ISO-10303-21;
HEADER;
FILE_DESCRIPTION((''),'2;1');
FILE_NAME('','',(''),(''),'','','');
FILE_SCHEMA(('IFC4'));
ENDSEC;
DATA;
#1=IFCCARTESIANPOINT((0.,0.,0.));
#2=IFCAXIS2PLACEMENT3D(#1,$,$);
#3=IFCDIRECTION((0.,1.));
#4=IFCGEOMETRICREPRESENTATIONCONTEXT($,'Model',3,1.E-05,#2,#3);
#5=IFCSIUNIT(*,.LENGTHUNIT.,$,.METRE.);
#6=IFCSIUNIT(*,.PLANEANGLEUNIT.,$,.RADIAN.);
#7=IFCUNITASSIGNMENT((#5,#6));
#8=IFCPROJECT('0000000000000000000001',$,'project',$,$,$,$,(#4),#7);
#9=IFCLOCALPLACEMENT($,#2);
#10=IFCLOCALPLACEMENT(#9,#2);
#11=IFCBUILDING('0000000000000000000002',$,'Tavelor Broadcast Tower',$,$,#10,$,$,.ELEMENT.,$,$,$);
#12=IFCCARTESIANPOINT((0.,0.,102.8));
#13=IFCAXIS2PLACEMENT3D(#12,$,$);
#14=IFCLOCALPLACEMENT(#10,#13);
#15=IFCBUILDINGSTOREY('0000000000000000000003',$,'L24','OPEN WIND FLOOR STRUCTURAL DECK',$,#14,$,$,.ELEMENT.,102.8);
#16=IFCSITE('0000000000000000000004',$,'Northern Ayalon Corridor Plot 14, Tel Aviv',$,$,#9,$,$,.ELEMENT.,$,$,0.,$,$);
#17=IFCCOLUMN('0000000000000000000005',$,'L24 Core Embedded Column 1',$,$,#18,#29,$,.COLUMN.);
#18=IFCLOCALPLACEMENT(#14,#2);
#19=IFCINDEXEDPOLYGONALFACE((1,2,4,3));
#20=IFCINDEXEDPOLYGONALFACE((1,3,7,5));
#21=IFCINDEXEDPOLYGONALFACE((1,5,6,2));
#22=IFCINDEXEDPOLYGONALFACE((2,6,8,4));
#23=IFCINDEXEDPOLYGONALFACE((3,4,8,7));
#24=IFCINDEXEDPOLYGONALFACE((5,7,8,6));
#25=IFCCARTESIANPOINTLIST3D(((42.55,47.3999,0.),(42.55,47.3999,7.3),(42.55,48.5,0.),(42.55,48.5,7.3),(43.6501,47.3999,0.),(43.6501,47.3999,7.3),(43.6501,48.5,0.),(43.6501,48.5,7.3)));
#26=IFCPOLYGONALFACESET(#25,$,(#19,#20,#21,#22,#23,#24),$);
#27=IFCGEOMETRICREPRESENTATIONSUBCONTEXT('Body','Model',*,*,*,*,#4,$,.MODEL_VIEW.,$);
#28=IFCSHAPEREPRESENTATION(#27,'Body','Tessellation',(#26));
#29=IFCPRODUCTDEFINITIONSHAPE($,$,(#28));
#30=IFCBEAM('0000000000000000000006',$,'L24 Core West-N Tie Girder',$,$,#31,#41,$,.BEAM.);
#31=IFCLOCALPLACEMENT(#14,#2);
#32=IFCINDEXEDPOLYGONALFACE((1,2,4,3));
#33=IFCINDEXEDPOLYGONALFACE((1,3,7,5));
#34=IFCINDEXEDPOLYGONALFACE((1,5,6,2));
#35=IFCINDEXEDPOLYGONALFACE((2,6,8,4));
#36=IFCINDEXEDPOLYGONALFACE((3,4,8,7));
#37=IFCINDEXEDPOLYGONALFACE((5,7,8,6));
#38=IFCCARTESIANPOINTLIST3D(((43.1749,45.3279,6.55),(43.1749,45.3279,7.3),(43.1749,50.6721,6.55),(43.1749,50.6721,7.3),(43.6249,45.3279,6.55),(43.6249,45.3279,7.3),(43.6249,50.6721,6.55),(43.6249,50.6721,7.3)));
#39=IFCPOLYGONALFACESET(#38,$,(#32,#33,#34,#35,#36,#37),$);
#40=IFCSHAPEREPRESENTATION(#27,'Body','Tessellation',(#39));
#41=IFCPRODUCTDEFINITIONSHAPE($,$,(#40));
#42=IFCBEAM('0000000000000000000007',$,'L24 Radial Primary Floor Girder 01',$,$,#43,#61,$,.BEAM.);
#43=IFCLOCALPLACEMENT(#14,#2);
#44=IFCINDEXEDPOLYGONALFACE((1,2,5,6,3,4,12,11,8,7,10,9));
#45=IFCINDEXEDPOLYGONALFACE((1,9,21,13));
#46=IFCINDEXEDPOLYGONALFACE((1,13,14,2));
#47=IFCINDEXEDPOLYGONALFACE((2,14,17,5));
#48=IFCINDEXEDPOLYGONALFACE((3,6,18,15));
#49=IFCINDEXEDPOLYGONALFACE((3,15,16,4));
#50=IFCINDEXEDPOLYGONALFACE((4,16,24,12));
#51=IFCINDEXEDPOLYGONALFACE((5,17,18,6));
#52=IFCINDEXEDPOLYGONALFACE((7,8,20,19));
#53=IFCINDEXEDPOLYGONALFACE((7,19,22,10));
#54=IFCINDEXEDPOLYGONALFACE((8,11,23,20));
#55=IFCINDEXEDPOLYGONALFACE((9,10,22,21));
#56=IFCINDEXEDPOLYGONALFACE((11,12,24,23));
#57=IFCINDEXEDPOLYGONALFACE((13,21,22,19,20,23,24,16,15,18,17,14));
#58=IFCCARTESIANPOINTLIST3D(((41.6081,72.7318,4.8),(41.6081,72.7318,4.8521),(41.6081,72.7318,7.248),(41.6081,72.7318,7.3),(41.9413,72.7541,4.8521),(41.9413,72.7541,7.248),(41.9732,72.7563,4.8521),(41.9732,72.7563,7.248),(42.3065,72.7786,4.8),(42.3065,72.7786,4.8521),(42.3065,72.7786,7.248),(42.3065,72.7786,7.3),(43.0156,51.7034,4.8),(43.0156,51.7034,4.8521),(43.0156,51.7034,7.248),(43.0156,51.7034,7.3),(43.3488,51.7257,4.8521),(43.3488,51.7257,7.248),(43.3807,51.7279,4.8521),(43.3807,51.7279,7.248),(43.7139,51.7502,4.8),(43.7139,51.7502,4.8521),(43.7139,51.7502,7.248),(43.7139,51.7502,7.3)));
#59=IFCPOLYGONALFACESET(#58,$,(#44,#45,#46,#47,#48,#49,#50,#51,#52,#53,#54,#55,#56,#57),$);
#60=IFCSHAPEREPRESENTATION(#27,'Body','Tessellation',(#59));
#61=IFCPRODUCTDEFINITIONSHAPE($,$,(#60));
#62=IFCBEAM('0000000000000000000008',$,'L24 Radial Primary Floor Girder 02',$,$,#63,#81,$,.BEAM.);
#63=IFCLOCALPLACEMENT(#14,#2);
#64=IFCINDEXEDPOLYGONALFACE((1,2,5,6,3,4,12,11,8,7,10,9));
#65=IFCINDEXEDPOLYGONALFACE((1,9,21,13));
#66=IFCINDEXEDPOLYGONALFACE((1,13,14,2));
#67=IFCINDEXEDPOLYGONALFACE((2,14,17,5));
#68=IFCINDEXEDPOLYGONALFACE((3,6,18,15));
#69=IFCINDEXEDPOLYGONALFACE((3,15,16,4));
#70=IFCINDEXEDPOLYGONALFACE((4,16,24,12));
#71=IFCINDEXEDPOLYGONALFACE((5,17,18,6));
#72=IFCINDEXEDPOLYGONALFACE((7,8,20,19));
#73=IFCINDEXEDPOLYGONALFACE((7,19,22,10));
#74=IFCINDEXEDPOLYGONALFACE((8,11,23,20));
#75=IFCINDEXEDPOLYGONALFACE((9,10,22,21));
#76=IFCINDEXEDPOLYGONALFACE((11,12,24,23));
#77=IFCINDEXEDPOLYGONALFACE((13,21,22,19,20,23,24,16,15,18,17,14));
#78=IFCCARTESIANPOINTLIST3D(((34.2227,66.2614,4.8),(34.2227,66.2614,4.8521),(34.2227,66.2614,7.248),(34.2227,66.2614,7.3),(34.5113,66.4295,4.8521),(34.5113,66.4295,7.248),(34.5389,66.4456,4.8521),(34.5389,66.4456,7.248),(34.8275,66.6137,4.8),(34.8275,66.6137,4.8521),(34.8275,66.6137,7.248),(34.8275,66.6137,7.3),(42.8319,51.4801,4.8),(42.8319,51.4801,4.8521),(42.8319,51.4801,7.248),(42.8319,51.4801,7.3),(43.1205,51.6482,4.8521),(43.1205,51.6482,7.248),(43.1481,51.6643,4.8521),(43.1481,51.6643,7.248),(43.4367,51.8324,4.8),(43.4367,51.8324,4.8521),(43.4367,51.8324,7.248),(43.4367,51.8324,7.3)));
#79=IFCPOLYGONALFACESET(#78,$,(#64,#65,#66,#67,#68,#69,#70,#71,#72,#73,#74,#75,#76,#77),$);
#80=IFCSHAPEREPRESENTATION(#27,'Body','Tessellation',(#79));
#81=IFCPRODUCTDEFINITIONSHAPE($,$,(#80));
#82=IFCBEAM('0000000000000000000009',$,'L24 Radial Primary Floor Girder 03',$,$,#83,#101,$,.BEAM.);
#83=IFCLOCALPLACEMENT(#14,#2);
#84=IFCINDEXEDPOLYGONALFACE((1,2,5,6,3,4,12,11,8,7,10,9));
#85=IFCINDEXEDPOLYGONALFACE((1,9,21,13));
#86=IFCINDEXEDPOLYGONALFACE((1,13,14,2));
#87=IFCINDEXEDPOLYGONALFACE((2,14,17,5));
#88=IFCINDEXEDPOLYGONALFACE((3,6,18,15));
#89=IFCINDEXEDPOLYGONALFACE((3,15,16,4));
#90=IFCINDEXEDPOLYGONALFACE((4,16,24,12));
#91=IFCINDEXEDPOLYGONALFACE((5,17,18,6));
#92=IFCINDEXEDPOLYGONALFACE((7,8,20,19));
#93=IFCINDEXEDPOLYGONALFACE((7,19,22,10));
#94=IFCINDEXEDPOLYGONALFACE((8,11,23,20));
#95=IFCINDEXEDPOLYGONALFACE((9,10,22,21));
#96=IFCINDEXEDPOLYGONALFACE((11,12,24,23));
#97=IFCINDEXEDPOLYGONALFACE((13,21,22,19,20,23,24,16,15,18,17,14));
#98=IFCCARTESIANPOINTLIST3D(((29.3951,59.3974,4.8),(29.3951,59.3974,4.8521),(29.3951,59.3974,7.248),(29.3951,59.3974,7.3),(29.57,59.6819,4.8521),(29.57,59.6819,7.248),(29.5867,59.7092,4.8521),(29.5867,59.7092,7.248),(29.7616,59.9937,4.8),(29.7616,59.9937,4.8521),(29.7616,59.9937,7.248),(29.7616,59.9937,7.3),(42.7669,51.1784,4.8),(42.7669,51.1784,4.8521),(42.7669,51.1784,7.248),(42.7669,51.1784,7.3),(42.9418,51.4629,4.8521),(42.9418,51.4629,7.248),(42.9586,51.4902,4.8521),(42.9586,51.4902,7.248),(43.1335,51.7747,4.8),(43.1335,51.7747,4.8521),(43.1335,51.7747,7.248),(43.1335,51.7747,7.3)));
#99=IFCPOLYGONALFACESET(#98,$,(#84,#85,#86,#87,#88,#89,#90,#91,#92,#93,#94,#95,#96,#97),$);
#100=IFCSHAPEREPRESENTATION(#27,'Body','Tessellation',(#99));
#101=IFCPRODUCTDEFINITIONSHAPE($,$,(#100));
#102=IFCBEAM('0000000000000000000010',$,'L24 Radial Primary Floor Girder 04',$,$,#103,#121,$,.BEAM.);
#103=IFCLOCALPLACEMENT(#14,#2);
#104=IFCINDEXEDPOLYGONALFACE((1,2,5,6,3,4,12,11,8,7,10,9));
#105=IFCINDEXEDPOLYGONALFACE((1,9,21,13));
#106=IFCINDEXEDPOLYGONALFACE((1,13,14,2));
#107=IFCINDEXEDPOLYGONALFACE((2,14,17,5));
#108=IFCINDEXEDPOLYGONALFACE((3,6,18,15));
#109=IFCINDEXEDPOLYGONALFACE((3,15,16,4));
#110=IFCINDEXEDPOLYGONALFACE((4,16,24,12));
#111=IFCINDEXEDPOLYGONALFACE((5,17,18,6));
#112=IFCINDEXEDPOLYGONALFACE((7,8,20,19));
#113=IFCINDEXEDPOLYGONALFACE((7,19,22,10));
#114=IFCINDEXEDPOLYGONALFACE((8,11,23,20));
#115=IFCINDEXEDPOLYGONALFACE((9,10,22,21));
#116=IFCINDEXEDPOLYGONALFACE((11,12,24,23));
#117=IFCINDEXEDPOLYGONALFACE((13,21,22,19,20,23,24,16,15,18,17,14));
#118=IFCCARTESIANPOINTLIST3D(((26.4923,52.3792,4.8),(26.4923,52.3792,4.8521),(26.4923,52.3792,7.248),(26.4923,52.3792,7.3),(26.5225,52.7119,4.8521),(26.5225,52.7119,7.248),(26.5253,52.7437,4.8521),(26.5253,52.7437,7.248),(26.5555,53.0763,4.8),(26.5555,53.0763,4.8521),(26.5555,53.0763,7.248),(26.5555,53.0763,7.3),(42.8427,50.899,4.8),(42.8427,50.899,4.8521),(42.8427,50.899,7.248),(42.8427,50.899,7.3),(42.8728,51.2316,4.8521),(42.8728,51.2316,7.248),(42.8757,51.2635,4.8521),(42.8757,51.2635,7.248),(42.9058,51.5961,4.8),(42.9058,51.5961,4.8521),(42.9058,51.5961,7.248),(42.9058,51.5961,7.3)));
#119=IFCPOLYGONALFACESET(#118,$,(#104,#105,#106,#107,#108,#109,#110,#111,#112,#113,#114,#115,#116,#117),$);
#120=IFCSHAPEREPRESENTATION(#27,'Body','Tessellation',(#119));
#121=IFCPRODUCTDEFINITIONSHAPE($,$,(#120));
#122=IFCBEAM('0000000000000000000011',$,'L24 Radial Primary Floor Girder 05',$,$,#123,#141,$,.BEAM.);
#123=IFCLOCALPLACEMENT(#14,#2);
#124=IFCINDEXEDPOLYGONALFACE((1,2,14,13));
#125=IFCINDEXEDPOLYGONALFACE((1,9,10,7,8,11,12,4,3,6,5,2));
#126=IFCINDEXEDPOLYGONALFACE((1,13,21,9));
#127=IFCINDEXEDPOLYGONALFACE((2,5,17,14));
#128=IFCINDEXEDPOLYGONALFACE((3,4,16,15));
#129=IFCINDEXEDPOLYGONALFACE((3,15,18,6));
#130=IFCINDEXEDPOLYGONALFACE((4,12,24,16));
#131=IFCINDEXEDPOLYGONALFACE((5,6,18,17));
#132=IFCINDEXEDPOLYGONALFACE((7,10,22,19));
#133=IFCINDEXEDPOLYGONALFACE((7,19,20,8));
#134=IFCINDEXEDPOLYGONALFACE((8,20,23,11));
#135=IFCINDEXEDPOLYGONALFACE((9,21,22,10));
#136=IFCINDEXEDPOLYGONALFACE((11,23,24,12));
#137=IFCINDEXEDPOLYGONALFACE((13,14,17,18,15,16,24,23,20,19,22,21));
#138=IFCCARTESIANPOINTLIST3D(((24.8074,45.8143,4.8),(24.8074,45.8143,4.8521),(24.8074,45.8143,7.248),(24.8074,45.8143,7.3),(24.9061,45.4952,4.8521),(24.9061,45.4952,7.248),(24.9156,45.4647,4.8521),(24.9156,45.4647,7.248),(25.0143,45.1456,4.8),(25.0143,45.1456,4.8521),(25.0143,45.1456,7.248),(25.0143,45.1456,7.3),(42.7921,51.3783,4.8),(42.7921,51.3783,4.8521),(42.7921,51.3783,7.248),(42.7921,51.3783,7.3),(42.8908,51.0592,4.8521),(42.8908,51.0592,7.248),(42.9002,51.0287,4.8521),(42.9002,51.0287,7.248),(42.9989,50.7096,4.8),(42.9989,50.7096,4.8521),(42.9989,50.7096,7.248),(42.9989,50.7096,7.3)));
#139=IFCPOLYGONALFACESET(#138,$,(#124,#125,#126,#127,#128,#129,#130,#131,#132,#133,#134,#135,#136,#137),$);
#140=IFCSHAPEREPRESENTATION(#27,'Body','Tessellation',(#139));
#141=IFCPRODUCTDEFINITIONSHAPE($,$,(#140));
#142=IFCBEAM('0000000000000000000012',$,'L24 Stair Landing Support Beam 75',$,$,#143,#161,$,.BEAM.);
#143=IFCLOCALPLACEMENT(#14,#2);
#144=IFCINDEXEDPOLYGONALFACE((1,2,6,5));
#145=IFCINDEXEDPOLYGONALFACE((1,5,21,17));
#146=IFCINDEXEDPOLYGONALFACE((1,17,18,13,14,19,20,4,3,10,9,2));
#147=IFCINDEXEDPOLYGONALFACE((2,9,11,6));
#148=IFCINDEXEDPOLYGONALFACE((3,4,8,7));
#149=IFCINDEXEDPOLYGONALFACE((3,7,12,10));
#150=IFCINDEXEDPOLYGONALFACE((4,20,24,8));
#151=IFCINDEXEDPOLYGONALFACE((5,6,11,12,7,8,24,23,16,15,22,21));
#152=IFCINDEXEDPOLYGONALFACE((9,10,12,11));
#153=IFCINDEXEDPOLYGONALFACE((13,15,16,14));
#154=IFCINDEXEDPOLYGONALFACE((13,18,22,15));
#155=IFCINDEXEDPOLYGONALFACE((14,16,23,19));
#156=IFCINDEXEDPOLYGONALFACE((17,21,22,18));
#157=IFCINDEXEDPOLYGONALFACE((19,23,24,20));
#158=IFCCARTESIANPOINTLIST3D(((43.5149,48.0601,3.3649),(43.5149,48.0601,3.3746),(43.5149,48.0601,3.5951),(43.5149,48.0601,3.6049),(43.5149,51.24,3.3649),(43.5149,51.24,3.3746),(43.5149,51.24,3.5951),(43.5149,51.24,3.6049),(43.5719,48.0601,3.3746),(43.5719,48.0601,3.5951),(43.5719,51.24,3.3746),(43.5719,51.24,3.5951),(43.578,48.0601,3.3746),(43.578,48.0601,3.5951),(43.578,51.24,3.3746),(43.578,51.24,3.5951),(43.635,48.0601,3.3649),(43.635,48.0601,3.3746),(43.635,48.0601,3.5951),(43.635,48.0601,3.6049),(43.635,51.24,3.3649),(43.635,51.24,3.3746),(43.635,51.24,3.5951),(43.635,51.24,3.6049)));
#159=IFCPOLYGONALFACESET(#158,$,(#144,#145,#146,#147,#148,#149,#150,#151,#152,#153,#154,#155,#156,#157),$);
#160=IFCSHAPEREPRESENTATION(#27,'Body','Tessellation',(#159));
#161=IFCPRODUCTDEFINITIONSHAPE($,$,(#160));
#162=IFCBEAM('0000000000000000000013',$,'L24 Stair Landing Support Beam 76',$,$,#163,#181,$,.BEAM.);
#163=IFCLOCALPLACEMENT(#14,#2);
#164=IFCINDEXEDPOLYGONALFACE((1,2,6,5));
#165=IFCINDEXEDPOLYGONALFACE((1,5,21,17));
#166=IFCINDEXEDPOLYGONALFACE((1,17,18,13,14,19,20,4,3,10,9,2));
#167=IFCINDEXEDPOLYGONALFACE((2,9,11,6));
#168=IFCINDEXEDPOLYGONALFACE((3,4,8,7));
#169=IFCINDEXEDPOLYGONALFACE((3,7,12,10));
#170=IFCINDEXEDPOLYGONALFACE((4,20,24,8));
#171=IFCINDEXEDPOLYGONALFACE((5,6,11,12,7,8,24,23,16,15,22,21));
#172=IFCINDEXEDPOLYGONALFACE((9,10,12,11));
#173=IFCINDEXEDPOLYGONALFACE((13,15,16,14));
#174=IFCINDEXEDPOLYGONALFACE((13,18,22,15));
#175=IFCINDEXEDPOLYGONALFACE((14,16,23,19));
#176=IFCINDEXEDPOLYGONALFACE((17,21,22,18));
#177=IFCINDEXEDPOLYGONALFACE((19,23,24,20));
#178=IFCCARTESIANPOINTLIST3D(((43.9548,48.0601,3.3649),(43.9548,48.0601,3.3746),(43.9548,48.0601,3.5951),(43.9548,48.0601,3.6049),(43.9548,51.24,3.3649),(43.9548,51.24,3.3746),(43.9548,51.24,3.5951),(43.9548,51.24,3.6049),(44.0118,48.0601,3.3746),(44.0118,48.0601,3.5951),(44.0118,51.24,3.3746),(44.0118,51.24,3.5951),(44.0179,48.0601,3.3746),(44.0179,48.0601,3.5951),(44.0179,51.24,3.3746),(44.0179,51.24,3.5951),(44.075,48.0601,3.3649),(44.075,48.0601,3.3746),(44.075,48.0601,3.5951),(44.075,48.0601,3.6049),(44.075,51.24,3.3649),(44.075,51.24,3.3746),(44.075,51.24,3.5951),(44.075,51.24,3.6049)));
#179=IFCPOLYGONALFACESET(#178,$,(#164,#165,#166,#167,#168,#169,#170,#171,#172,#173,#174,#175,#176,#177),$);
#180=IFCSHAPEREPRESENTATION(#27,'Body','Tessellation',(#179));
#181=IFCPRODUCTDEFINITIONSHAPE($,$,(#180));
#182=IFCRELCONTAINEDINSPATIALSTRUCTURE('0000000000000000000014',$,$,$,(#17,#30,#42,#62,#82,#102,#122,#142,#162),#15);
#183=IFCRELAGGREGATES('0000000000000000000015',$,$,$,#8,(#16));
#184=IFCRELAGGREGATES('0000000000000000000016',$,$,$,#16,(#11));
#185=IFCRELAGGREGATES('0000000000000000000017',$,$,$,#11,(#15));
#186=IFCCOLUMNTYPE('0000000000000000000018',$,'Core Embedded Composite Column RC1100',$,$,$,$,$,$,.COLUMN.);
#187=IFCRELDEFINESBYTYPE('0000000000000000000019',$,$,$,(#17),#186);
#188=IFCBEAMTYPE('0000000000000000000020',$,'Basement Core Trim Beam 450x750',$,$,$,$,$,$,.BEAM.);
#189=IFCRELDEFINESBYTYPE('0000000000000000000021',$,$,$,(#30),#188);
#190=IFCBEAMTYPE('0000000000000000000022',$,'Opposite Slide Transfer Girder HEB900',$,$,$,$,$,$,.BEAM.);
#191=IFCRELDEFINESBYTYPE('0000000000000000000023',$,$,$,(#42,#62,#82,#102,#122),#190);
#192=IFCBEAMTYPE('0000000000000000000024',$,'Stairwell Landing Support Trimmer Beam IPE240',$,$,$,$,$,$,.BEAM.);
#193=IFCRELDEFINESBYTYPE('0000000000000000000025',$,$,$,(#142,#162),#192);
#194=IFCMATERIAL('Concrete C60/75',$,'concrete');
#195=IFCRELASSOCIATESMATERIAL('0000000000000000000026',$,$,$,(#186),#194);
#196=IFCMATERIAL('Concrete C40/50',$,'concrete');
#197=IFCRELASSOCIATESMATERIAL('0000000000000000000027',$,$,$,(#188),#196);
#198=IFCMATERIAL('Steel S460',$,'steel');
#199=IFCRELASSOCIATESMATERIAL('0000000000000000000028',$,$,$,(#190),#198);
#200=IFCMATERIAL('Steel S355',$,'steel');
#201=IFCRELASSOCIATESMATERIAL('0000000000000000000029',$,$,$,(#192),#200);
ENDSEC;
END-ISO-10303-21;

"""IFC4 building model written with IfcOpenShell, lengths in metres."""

from ifc_helpers import new_model, si_unit, direction, frame, origin, origin_2d, place, context, subcontext, project, spatial, rectangle, i_section, extrude, material, material_profile, profile_set, type_object, element, save


model = new_model("IFC4")

# Units and contexts
model_context = context("Model", 3, precision=1e-05, world=origin(), true_north=direction((0.0, 1.0)))
body_context = subcontext(model_context, "Body", "Model", "MODEL_VIEW")
ifc_project = project(units=[si_unit("LENGTHUNIT", "METRE"), si_unit("PLANEANGLEUNIT", "RADIAN")], contexts=[model_context])

# Site, building, storey
site_placement = place(None, origin())
site = spatial("IfcSite", under=ifc_project, at=site_placement, Name="Northern Ayalon Corridor Plot 14, Tel Aviv", CompositionType="ELEMENT", RefElevation=0.0)
building_placement = place(site_placement, origin())
building = spatial("IfcBuilding", under=site, at=building_placement, Name="Tavelor Broadcast Tower", CompositionType="ELEMENT")
storey_placement = place(building_placement, frame((0.0, 0.0, 102.8)))
storey = spatial("IfcBuildingStorey", under=building, at=storey_placement, Name="L24", Description="OPEN WIND FLOOR STRUCTURAL DECK", CompositionType="ELEMENT", Elevation=102.8)

# Column
ifc_material_1 = material(Name="Concrete C60/75", Category="concrete")
ifc_material_profile_1 = material_profile(ifc_material_1, rectangle(XDim=1.1001, YDim=1.1001, at=origin_2d()), Name="RC 1100x1100")
ifc_profile_set_1 = profile_set([ifc_material_profile_1], Name="Concrete C60/75")
column_type = type_object("IfcColumnType", Name="Core Embedded Composite Column RC1100", PredefinedType="COLUMN", material=ifc_profile_set_1)
column_placement = place(storey_placement, frame((43.1001, 47.95, 0.0), z_axis=(0.0, 0.0, 1.0), x_axis=(1.0, 0.0, 0.0)))
element("IfcColumn", 1, at=column_placement, inside=storey, type_object=column_type, Name="L24 Core Embedded Column 1", PredefinedType="COLUMN", context=body_context, shape_type="SweptSolid", body=[
    extrude(rectangle(XDim=1.1001, YDim=1.1001, at=origin_2d()), origin(), (0.0, 0.0, 1.0), 7.3),
])

# Beams
ifc_material_2 = material(Name="Concrete C40/50", Category="concrete")
ifc_material_profile_2 = material_profile(ifc_material_2, rectangle(XDim=0.45, YDim=0.75, at=origin_2d()), Name="RC 450x750")
ifc_profile_set_2 = profile_set([ifc_material_profile_2], Name="Concrete C40/50")
beam_type_1 = type_object("IfcBeamType", Name="Basement Core Trim Beam 450x750", PredefinedType="BEAM", material=ifc_profile_set_2)
beam_1_placement = place(storey_placement, frame((43.3999, 45.3279, 6.925), z_axis=(0.0, 1.0, 0.0), x_axis=(-1.0, 0.0, 0.0)))
element("IfcBeam", 2, at=beam_1_placement, inside=storey, type_object=beam_type_1, Name="L24 Core West-N Tie Girder", PredefinedType="BEAM", context=body_context, shape_type="SweptSolid", body=[
    extrude(rectangle(XDim=0.45, YDim=0.75, at=origin_2d()), origin(), (0.0, 0.0, 1.0), 5.3442),
])
ifc_material_3 = material(Name="Steel S460", Category="steel")
ifc_material_profile_3 = material_profile(ifc_material_3, i_section(OverallWidth=0.7, OverallDepth=2.5, WebThickness=0.032, FlangeThickness=0.052, at=origin_2d()), Name="PG 2500x700")
ifc_profile_set_3 = profile_set([ifc_material_profile_3], Name="Steel S460")
beam_type_2 = type_object("IfcBeamType", Name="Opposite Slide Transfer Girder HEB900", PredefinedType="BEAM", material=ifc_profile_set_3)
beam_2_placement = place(storey_placement, frame((43.3647, 51.7268, 6.05), z_axis=(-0.066783, 0.997768, 0.0), x_axis=(-0.997768, -0.066783, 0.0)))
element("IfcBeam", 3, at=beam_2_placement, inside=storey, type_object=beam_type_2, Name="L24 Radial Primary Floor Girder 01", PredefinedType="BEAM", context=body_context, shape_type="SweptSolid", body=[
    extrude(i_section(OverallWidth=0.7, OverallDepth=2.5, WebThickness=0.032, FlangeThickness=0.052, at=origin_2d()), origin(), (0.0, 0.0, 1.0), 21.0754),
])
beam_3_placement = place(storey_placement, frame((43.1343, 51.6562, 6.05), z_axis=(-0.503292, 0.864116, 0.0), x_axis=(-0.864116, -0.503292, 0.0)))
element("IfcBeam", 4, at=beam_3_placement, inside=storey, type_object=beam_type_2, Name="L24 Radial Primary Floor Girder 02", PredefinedType="BEAM", context=body_context, shape_type="SweptSolid", body=[
    extrude(i_section(OverallWidth=0.7, OverallDepth=2.5, WebThickness=0.032, FlangeThickness=0.052, at=origin_2d()), origin(), (0.0, 0.0, 1.0), 17.1057),
])
beam_4_placement = place(storey_placement, frame((42.9502, 51.4766, 6.05), z_axis=(-0.851938, 0.523643, 0.0), x_axis=(-0.523643, -0.851938, 0.0)))
element("IfcBeam", 5, at=beam_4_placement, inside=storey, type_object=beam_type_2, Name="L24 Radial Primary Floor Girder 03", PredefinedType="BEAM", context=body_context, shape_type="SweptSolid", body=[
    extrude(i_section(OverallWidth=0.7, OverallDepth=2.5, WebThickness=0.032, FlangeThickness=0.052, at=origin_2d()), origin(), (0.0, 0.0, 1.0), 15.6958),
])
beam_5_placement = place(storey_placement, frame((42.8743, 51.2476, 6.05), z_axis=(-0.995927, 0.090163, 0.0), x_axis=(-0.090163, -0.995927, 0.0)))
element("IfcBeam", 6, at=beam_5_placement, inside=storey, type_object=beam_type_2, Name="L24 Radial Primary Floor Girder 04", PredefinedType="BEAM", context=body_context, shape_type="SweptSolid", body=[
    extrude(i_section(OverallWidth=0.7, OverallDepth=2.5, WebThickness=0.032, FlangeThickness=0.052, at=origin_2d()), origin(), (0.0, 0.0, 1.0), 16.4172),
])
beam_6_placement = place(storey_placement, frame((42.8955, 51.0439, 6.05), z_axis=(-0.955326, -0.295553, 0.0), x_axis=(0.295553, -0.955326, 0.0)))
element("IfcBeam", 7, at=beam_6_placement, inside=storey, type_object=beam_type_2, Name="L24 Radial Primary Floor Girder 05", PredefinedType="BEAM", context=body_context, shape_type="SweptSolid", body=[
    extrude(i_section(OverallWidth=0.7, OverallDepth=2.5, WebThickness=0.032, FlangeThickness=0.052, at=origin_2d()), origin(), (0.0, 0.0, 1.0), 18.8257),
])
ifc_material_4 = material(Name="Steel S355", Category="steel")
ifc_material_profile_4 = material_profile(ifc_material_4, i_section(OverallWidth=0.1201, OverallDepth=0.24, WebThickness=0.0061, FlangeThickness=0.0098, at=origin_2d()), Name="IPE 240")
ifc_profile_set_4 = profile_set([ifc_material_profile_4], Name="Steel S355")
beam_type_3 = type_object("IfcBeamType", Name="Stairwell Landing Support Trimmer Beam IPE240", PredefinedType="BEAM", material=ifc_profile_set_4)
for number, where, z_axis, x_axis, name in (
    (8, (43.575, 48.0601, 3.4849), (0.0, 1.0, 0.0), (-1.0, 0.0, 0.0), "L24 Stair Landing Support Beam 75"),
    (9, (44.0149, 48.0601, 3.4849), (0.0, 1.0, 0.0), (-1.0, 0.0, 0.0), "L24 Stair Landing Support Beam 76"),
):
    element("IfcBeam", number, at=place(storey_placement, frame(where, z_axis=z_axis, x_axis=x_axis)), inside=storey, type_object=beam_type_3, Name=name, PredefinedType="BEAM", context=body_context, shape_type="SweptSolid", body=[
        extrude(i_section(OverallWidth=0.1201, OverallDepth=0.24, WebThickness=0.0061, FlangeThickness=0.0098, at=origin_2d()), origin(), (0.0, 0.0, 1.0), 3.1799),
    ])

save(model, "model.ifc")
